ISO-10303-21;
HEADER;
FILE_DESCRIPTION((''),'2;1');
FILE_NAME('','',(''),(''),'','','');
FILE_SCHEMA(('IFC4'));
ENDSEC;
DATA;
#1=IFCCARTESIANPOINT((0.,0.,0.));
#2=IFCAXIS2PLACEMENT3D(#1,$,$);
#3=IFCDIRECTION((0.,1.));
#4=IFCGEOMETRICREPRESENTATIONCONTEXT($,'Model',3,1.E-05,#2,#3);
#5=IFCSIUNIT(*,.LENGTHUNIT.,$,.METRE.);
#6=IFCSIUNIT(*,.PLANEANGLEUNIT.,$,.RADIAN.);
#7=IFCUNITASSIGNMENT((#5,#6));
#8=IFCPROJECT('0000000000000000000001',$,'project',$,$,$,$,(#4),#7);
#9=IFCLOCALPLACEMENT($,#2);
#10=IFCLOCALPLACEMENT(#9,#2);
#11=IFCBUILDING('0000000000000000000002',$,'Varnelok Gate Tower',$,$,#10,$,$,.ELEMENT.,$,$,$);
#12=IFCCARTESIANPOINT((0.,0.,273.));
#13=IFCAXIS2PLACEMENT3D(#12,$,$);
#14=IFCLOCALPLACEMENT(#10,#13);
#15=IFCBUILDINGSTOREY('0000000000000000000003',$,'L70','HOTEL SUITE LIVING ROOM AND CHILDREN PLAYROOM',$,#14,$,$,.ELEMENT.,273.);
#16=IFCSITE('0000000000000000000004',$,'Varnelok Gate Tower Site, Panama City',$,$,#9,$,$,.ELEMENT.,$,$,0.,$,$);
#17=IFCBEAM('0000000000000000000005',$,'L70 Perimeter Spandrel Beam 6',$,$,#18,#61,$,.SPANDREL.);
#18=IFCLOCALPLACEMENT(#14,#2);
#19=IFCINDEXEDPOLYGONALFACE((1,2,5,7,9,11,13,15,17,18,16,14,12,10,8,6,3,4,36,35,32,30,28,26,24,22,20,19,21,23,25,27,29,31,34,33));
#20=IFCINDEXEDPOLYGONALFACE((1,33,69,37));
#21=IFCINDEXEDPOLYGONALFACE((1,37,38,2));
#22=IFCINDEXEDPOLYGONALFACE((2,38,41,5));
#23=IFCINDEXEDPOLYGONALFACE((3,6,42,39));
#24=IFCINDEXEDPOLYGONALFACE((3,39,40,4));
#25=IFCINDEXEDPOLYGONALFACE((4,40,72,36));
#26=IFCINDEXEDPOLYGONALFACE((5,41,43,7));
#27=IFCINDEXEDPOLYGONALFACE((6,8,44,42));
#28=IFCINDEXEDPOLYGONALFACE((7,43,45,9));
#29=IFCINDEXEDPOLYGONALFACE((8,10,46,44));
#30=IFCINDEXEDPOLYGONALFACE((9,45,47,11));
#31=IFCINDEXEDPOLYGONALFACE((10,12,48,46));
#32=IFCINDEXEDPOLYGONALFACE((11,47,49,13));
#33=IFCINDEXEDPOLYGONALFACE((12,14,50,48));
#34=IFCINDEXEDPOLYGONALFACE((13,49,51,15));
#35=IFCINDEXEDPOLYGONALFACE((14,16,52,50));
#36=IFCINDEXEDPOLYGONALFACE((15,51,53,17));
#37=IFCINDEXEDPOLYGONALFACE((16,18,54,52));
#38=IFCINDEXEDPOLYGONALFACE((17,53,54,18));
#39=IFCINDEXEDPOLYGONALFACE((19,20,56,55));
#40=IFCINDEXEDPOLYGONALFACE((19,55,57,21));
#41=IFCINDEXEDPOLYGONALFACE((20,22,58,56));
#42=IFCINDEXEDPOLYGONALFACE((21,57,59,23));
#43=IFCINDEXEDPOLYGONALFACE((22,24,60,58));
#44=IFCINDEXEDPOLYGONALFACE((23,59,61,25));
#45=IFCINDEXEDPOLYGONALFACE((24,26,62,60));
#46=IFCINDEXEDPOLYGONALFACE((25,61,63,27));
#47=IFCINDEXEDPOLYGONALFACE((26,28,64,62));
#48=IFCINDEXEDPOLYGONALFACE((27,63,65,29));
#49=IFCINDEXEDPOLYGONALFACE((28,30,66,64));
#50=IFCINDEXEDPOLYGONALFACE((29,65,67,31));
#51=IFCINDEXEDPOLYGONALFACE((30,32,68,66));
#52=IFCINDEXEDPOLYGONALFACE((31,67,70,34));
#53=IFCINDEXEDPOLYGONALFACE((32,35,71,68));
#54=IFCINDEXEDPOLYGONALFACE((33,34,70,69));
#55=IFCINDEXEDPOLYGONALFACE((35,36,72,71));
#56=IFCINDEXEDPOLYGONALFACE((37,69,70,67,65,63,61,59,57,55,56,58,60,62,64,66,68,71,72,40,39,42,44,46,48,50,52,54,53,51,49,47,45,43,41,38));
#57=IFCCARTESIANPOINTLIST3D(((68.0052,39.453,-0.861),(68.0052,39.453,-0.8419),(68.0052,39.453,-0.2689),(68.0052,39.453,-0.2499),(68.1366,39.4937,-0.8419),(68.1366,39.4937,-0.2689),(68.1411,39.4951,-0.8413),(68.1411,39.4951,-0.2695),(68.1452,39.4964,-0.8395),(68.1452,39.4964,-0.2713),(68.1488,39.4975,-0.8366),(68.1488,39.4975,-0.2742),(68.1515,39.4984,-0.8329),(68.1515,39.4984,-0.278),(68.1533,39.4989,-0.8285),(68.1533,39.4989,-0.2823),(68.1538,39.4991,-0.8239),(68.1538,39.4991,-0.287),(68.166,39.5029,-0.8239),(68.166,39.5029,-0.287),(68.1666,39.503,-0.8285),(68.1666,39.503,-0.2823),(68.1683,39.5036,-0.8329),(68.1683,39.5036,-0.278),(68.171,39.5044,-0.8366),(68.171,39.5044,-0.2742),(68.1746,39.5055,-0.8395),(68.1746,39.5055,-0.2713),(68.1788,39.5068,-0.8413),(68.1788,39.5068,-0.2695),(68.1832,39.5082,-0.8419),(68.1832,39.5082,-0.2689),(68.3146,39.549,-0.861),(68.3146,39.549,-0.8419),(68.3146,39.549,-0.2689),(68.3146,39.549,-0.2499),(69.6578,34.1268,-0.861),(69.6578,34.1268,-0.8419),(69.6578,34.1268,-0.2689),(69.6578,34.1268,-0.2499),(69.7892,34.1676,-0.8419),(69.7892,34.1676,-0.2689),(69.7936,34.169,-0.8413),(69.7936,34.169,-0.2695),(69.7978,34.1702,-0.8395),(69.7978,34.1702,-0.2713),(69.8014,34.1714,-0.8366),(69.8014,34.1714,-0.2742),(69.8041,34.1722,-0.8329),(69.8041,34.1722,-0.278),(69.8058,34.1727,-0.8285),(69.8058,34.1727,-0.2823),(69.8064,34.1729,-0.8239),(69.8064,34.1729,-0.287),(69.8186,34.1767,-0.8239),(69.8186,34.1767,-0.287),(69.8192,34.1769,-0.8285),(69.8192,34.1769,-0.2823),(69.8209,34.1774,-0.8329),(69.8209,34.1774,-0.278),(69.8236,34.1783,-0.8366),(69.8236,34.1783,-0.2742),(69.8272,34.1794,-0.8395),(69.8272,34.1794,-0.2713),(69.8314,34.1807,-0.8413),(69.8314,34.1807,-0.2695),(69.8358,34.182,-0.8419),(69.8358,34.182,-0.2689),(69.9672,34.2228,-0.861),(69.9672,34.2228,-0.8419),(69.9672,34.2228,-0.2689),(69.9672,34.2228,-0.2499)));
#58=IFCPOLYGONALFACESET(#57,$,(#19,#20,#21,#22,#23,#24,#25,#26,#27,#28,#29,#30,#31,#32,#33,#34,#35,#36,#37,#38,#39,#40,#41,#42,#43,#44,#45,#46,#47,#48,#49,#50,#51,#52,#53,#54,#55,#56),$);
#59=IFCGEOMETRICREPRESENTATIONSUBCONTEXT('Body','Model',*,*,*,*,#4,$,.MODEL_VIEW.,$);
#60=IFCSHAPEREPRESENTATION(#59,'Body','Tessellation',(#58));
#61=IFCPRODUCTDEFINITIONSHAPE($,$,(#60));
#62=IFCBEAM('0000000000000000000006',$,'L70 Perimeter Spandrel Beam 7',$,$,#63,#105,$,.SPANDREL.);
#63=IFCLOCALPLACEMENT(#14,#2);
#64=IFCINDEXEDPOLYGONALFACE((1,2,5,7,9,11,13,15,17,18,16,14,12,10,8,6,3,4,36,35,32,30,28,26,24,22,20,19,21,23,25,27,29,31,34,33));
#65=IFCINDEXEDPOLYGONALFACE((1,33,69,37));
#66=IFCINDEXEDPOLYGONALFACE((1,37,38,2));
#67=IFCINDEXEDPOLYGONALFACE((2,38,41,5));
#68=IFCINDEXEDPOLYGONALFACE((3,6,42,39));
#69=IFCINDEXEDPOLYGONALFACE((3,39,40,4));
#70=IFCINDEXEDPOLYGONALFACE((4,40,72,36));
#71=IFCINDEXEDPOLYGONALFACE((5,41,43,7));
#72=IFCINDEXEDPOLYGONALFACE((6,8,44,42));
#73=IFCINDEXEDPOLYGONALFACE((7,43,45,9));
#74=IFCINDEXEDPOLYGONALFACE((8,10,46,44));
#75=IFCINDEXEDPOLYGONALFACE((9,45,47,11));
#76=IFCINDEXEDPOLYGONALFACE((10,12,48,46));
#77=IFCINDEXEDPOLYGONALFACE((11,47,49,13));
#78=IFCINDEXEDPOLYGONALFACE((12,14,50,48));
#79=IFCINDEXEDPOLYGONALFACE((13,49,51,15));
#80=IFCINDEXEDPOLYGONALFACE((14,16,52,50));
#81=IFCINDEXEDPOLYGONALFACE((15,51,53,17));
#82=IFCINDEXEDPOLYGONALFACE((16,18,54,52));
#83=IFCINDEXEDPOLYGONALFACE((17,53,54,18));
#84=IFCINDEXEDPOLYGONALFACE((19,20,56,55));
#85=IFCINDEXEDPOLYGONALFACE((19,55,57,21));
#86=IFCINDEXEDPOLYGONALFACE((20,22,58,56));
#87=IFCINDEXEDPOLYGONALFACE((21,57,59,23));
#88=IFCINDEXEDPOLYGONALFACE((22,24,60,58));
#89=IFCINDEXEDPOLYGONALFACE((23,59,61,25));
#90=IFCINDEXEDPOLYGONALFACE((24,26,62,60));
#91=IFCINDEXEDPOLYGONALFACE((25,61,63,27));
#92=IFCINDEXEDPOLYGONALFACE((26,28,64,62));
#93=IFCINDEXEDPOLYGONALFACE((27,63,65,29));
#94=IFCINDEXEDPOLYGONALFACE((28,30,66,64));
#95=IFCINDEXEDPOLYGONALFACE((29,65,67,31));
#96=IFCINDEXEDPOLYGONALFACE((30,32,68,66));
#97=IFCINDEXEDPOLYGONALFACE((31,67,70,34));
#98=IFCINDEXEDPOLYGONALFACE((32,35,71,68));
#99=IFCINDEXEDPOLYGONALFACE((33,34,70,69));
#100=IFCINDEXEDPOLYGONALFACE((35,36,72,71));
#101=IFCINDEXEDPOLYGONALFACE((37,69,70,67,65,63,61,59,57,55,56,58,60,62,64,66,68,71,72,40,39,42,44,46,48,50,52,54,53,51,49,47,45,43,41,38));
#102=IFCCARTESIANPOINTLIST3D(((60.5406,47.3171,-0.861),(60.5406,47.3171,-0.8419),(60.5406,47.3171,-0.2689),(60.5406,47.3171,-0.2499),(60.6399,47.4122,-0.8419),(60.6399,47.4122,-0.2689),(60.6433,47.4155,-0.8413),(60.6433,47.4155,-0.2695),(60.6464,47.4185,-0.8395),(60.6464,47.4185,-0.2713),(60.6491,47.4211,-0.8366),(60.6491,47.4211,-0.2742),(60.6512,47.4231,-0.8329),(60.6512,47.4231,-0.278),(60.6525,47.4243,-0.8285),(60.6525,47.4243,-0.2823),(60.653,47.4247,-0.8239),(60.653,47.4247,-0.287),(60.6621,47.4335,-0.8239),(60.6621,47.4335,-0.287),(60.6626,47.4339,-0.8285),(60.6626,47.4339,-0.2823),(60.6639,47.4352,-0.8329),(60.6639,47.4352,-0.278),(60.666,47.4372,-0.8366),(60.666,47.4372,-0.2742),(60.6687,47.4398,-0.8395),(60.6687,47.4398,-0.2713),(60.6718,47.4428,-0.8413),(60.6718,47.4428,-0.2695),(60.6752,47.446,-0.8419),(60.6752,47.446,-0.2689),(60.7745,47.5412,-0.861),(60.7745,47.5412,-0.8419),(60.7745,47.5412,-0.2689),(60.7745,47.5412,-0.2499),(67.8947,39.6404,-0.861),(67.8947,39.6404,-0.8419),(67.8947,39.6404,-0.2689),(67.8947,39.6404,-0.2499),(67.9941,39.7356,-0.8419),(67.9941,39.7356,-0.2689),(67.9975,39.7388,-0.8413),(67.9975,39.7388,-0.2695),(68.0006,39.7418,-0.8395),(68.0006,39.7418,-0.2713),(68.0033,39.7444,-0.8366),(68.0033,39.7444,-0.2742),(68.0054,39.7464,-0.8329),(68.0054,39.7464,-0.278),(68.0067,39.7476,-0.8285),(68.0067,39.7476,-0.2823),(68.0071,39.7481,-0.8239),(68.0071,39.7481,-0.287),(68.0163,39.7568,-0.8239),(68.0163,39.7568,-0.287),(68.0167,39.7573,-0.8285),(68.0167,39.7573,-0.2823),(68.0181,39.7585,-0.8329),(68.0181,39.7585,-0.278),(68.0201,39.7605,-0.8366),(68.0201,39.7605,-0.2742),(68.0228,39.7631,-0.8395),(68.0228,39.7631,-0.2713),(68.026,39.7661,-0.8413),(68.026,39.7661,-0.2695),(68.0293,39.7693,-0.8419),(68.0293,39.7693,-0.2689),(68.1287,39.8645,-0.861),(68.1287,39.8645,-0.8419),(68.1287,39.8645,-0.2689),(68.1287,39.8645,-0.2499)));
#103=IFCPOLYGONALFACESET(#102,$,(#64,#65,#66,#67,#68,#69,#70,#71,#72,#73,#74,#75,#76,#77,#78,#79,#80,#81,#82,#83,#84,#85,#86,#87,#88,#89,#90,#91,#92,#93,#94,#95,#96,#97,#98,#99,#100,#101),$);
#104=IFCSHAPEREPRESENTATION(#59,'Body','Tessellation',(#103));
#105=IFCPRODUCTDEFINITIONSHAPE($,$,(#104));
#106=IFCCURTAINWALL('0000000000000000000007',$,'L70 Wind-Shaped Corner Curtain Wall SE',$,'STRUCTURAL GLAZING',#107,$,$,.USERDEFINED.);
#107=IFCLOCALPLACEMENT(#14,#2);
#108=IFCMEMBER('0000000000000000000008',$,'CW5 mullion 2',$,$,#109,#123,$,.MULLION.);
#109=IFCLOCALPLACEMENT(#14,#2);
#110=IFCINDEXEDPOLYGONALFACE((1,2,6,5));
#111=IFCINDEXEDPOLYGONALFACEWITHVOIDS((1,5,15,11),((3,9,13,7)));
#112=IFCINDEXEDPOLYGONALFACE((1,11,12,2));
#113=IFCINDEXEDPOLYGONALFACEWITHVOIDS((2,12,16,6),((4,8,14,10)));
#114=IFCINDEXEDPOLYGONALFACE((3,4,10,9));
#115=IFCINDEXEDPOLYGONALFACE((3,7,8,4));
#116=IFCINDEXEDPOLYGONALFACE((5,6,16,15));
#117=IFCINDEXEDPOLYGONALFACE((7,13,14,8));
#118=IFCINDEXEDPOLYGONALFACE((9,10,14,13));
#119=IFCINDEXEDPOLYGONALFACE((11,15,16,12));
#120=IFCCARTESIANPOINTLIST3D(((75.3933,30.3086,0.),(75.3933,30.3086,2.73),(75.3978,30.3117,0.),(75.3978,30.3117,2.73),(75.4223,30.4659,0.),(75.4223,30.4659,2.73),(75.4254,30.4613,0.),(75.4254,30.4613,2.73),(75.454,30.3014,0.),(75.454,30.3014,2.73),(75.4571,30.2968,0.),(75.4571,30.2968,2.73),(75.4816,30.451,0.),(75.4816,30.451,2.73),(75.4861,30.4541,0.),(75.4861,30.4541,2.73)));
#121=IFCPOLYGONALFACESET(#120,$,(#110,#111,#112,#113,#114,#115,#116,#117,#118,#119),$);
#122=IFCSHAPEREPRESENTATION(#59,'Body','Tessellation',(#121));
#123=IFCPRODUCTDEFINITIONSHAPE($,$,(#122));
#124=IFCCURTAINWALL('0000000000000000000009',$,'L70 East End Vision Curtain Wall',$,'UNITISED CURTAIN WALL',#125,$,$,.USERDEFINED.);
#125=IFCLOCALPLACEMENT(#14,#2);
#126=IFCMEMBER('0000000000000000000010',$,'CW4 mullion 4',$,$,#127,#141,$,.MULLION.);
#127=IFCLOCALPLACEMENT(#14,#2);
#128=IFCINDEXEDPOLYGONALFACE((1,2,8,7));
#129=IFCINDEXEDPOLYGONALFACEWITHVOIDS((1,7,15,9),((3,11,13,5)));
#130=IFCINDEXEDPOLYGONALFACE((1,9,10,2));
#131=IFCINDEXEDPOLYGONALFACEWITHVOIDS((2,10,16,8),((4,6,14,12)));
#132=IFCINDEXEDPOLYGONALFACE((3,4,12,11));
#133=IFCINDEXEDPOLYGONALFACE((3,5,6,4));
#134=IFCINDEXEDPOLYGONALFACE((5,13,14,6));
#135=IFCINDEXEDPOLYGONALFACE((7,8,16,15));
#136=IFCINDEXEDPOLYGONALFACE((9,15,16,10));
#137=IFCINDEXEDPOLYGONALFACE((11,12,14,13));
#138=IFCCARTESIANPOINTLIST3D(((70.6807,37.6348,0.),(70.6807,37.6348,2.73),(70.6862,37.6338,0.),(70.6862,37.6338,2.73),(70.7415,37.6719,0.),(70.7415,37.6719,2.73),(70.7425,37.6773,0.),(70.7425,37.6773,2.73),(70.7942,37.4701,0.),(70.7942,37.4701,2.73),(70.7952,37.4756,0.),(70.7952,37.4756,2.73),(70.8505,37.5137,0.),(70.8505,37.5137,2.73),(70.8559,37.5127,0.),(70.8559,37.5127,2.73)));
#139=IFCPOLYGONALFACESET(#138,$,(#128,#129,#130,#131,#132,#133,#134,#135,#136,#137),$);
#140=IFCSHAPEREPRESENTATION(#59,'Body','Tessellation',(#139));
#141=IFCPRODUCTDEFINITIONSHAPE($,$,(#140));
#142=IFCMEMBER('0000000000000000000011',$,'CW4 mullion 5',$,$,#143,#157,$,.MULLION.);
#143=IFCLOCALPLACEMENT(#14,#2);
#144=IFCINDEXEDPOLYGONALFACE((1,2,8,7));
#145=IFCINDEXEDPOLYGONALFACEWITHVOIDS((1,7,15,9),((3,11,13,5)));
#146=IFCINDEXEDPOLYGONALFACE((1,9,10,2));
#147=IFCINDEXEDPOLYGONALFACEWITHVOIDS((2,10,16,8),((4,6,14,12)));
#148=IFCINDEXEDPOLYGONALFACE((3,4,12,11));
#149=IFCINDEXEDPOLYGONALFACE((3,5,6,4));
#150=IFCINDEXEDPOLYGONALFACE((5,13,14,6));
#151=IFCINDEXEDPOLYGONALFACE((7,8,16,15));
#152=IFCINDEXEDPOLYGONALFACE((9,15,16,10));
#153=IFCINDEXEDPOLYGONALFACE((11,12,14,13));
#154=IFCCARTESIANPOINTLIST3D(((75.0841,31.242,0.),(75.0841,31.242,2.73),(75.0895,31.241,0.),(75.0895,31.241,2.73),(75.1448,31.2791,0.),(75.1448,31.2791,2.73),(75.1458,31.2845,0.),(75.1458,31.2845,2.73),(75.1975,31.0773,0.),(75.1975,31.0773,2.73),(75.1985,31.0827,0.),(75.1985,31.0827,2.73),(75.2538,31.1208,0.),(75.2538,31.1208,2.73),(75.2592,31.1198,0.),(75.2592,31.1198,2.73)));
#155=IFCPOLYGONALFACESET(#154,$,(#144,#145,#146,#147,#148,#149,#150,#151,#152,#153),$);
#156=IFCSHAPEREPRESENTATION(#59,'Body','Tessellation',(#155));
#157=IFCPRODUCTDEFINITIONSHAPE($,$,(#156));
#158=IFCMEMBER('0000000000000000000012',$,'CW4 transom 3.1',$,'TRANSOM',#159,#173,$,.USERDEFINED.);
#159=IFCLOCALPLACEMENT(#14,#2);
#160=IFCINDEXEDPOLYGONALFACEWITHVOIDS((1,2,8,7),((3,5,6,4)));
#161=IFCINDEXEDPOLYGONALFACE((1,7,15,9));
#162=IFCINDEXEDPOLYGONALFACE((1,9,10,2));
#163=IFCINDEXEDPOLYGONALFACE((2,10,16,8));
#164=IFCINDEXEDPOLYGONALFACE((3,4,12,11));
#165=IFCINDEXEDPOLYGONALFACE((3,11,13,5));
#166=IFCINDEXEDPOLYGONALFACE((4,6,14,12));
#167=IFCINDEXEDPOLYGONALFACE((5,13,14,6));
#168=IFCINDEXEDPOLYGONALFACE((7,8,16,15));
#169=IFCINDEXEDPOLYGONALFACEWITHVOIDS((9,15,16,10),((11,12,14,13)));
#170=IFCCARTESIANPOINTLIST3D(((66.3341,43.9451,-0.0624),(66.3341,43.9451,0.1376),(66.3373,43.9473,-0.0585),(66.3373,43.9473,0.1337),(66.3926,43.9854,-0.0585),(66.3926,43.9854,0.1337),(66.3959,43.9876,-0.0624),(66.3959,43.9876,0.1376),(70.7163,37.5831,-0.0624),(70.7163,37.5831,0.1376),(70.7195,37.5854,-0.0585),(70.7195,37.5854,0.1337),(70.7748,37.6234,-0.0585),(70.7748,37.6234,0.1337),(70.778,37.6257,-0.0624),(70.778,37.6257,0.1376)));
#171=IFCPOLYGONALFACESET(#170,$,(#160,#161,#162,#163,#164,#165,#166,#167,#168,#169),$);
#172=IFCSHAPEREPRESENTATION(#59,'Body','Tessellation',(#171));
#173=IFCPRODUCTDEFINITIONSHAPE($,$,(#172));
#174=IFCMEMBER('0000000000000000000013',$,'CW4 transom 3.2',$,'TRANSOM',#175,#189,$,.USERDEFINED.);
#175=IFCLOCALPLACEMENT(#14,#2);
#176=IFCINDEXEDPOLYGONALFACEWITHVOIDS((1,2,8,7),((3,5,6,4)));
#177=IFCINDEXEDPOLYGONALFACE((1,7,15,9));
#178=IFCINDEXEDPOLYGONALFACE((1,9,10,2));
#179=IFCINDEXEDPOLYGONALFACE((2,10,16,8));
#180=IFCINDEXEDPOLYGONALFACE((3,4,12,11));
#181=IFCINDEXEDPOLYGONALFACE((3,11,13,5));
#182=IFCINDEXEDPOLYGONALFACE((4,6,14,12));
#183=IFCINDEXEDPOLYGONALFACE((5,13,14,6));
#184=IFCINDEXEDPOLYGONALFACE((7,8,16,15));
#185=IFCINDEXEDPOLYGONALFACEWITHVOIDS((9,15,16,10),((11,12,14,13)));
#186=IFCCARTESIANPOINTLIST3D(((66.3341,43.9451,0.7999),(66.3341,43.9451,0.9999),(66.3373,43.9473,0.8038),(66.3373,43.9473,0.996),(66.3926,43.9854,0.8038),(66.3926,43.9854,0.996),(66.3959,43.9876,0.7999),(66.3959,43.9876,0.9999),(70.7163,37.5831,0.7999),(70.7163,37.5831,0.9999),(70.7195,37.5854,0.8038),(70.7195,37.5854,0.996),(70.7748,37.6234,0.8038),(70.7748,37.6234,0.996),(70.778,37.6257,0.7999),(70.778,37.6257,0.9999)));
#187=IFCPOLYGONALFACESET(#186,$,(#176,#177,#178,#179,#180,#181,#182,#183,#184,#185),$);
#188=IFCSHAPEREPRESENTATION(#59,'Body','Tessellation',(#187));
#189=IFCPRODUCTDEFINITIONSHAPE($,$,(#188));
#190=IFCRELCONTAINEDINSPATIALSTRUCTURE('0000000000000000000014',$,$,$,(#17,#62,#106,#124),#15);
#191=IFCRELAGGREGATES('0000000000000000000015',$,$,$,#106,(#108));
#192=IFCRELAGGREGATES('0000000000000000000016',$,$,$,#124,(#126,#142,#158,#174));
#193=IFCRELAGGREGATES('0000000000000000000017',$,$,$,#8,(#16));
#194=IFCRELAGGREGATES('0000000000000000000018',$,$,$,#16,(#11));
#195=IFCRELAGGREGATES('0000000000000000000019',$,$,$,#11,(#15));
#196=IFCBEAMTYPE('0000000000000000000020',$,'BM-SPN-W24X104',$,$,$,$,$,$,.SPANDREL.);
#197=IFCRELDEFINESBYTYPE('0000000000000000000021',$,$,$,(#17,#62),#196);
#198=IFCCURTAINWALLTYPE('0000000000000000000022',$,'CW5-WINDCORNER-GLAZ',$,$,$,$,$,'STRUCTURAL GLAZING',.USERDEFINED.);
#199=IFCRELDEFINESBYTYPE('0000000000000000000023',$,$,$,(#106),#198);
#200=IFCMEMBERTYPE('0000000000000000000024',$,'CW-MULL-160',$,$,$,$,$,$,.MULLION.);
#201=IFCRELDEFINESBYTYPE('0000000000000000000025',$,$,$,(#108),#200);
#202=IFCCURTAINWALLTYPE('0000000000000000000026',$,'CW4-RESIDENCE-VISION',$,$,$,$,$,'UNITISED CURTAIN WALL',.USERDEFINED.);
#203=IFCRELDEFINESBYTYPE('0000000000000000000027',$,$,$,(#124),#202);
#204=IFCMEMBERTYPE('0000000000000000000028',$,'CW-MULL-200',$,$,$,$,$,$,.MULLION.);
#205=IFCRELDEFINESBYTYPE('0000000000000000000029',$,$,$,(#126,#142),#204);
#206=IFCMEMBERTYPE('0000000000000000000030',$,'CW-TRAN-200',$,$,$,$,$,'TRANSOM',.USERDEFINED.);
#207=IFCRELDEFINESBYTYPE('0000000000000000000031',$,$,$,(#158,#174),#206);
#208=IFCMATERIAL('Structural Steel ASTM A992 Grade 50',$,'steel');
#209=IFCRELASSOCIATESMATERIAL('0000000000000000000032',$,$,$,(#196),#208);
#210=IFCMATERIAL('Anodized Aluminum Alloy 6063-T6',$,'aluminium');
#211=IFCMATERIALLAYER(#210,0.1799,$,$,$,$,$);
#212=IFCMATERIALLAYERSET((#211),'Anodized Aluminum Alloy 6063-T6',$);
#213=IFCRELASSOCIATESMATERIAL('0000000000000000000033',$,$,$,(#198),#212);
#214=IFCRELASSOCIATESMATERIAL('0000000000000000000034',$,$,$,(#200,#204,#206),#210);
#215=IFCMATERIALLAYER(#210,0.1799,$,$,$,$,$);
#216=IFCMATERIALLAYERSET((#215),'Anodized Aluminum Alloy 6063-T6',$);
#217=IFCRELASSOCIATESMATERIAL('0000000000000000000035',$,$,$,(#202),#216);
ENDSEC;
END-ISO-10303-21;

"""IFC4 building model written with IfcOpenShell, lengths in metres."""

from ifc_helpers import new_model, si_unit, direction, frame, origin, origin_2d, place, context, subcontext, project, spatial, hollow_rectangle, i_section, extrude, material, layer, layer_set, material_profile, profile_set, type_object, element, aggregate, save


model = new_model("IFC4")

# Units and contexts
model_context = context("Model", 3, precision=1e-05, world=origin(), true_north=direction((0.0, 1.0)))
body_context = subcontext(model_context, "Body", "Model", "MODEL_VIEW")
ifc_project = project(units=[si_unit("LENGTHUNIT", "METRE"), si_unit("PLANEANGLEUNIT", "RADIAN")], contexts=[model_context])

# Site, building, storey
site_placement = place(None, origin())
site = spatial("IfcSite", under=ifc_project, at=site_placement, Name="Varnelok Gate Tower Site, Panama City", CompositionType="ELEMENT", RefElevation=0.0)
building_placement = place(site_placement, origin())
building = spatial("IfcBuilding", under=site, at=building_placement, Name="Varnelok Gate Tower", CompositionType="ELEMENT")
storey_placement = place(building_placement, frame((0.0, 0.0, 273.0)))
storey = spatial("IfcBuildingStorey", under=building, at=storey_placement, Name="L70", Description="HOTEL SUITE LIVING ROOM AND CHILDREN PLAYROOM", CompositionType="ELEMENT", Elevation=273.0)

# Shared definitions
ifc_material_1 = material(Name="Structural Steel ASTM A992 Grade 50", Category="steel")

# Beams
ifc_material_profile_1 = material_profile(ifc_material_1, i_section(OverallWidth=0.324, OverallDepth=0.6111, WebThickness=0.0127, FlangeThickness=0.019, FilletRadius=0.0181, at=origin_2d()), Name="W24X104")
ifc_profile_set_1 = profile_set([ifc_material_profile_1], Name="Structural Steel ASTM A992 Grade 50")
beam_type_1 = type_object("IfcBeamType", Name="BM-SPN-W24X104", PredefinedType="SPANDREL", material=ifc_profile_set_1)
beam_1_placement = place(storey_placement, frame((69.8125, 34.1748, -0.5554), z_axis=(-0.29634, 0.955083, 0.0), x_axis=(-0.955083, -0.29634, 0.0)))
element("IfcBeam", 1, at=beam_1_placement, inside=storey, type_object=beam_type_1, Name="L70 Perimeter Spandrel Beam 6", PredefinedType="SPANDREL", context=body_context, shape_type="SweptSolid", body=[
    extrude(i_section(OverallWidth=0.324, OverallDepth=0.6111, WebThickness=0.0127, FlangeThickness=0.019, FilletRadius=0.0181, at=origin_2d()), origin(), (0.0, 0.0, 1.0), 5.5767),
])
beam_2_placement = place(storey_placement, frame((68.0117, 39.7524, -0.5554), z_axis=(-0.691776, 0.722112, 0.0), x_axis=(-0.722112, -0.691776, 0.0)))
element("IfcBeam", 2, at=beam_2_placement, inside=storey, type_object=beam_type_1, Name="L70 Perimeter Spandrel Beam 7", PredefinedType="SPANDREL", context=body_context, shape_type="SweptSolid", body=[
    extrude(i_section(OverallWidth=0.324, OverallDepth=0.6111, WebThickness=0.0127, FlangeThickness=0.019, FilletRadius=0.0181, at=origin_2d()), origin(), (0.0, 0.0, 1.0), 10.6309),
])

# Curtain wall, member
ifc_material_2 = material(Name="Anodized Aluminum Alloy 6063-T6", Category="aluminium")
ifc_layer_1 = layer(ifc_material_2, 0.1799)
ifc_layer_set_1 = layer_set([ifc_layer_1], Name="Anodized Aluminum Alloy 6063-T6")
curtain_wall_type_1 = type_object("IfcCurtainWallType", Name="CW5-WINDCORNER-GLAZ", ElementType="STRUCTURAL GLAZING", PredefinedType="USERDEFINED", material=ifc_layer_set_1)
curtain_wall_1_placement = place(storey_placement, origin())
curtain_wall_1 = element("IfcCurtainWall", 3, at=curtain_wall_1_placement, inside=storey, type_object=curtain_wall_type_1, Name="L70 Wind-Shaped Corner Curtain Wall SE", ObjectType="STRUCTURAL GLAZING", PredefinedType="USERDEFINED")
ifc_material_profile_2 = material_profile(ifc_material_2, hollow_rectangle(XDim=0.0649, YDim=0.1599, WallThickness=0.0039, at=origin_2d()), Name="ALU160X65X4")
ifc_profile_set_2 = profile_set([ifc_material_profile_2], Name="Anodized Aluminum Alloy 6063-T6")
member_type_1 = type_object("IfcMemberType", Name="CW-MULL-160", PredefinedType="MULLION", material=ifc_profile_set_2)
member_1_placement = place(storey_placement, frame((75.4397, 30.3813, 0.0), z_axis=(0.0, 0.0, 1.0), x_axis=(-0.983446, 0.181202, 0.0)))
member_1 = element("IfcMember", 4, at=member_1_placement, type_object=member_type_1, Name="CW5 mullion 2", PredefinedType="MULLION", context=body_context, shape_type="SweptSolid", body=[
    extrude(hollow_rectangle(XDim=0.0649, YDim=0.1599, WallThickness=0.0039, at=origin_2d()), origin(), (0.0, 0.0, 1.0), 2.73),
])
aggregate(curtain_wall_1, [member_1])

# Curtain wall, members
ifc_layer_2 = layer(ifc_material_2, 0.1799)
ifc_layer_set_2 = layer_set([ifc_layer_2], Name="Anodized Aluminum Alloy 6063-T6")
curtain_wall_type_2 = type_object("IfcCurtainWallType", Name="CW4-RESIDENCE-VISION", ElementType="UNITISED CURTAIN WALL", PredefinedType="USERDEFINED", material=ifc_layer_set_2)
curtain_wall_2_placement = place(storey_placement, origin())
curtain_wall_2 = element("IfcCurtainWall", 5, at=curtain_wall_2_placement, inside=storey, type_object=curtain_wall_type_2, Name="L70 East End Vision Curtain Wall", ObjectType="UNITISED CURTAIN WALL", PredefinedType="USERDEFINED")
ifc_material_profile_3 = material_profile(ifc_material_2, hollow_rectangle(XDim=0.075, YDim=0.2, WallThickness=0.0039, at=origin_2d()), Name="ALU200X75X4")
ifc_profile_set_3 = profile_set([ifc_material_profile_3], Name="Anodized Aluminum Alloy 6063-T6")
member_type_2 = type_object("IfcMemberType", Name="CW-MULL-200", PredefinedType="MULLION", material=ifc_profile_set_3)
member_2_placement = place(storey_placement, frame((70.7683, 37.5737, 0.0), z_axis=(0.0, 0.0, 1.0), x_axis=(0.823532, 0.567269, 0.0)))
member_2 = element("IfcMember", 6, at=member_2_placement, type_object=member_type_2, Name="CW4 mullion 4", PredefinedType="MULLION", context=body_context, shape_type="SweptSolid", body=[
    extrude(hollow_rectangle(XDim=0.075, YDim=0.2, WallThickness=0.0039, at=origin_2d()), origin(), (0.0, 0.0, 1.0), 2.73),
])
member_3_placement = place(storey_placement, frame((75.1716, 31.1809, 0.0), z_axis=(0.0, 0.0, 1.0), x_axis=(0.823532, 0.567269, 0.0)))
member_3 = element("IfcMember", 7, at=member_3_placement, type_object=member_type_2, Name="CW4 mullion 5", PredefinedType="MULLION", context=body_context, shape_type="SweptSolid", body=[
    extrude(hollow_rectangle(XDim=0.075, YDim=0.2, WallThickness=0.0039, at=origin_2d()), origin(), (0.0, 0.0, 1.0), 2.73),
])
ifc_material_profile_4 = material_profile(ifc_material_2, hollow_rectangle(XDim=0.075, YDim=0.2, WallThickness=0.0039, at=origin_2d()), Name="ALU200X75X4")
ifc_profile_set_4 = profile_set([ifc_material_profile_4], Name="Anodized Aluminum Alloy 6063-T6")
member_type_3 = type_object("IfcMemberType", Name="CW-TRAN-200", ElementType="TRANSOM", PredefinedType="USERDEFINED", material=ifc_profile_set_4)
member_4_placement = place(storey_placement, frame((66.365, 43.9663, 0.0376), z_axis=(0.567261, -0.823538, 0.0), x_axis=(0.823538, 0.567261, 0.0)))
member_4 = element("IfcMember", 8, at=member_4_placement, type_object=member_type_3, Name="CW4 transom 3.1", ObjectType="TRANSOM", PredefinedType="USERDEFINED", context=body_context, shape_type="SweptSolid", body=[
    extrude(hollow_rectangle(XDim=0.075, YDim=0.2, WallThickness=0.0039, at=origin_2d()), origin(), (0.0, 0.0, 1.0), 7.7251),
])
member_5_placement = place(storey_placement, frame((66.365, 43.9663, 0.8999), z_axis=(0.567261, -0.823538, 0.0), x_axis=(0.823538, 0.567261, 0.0)))
member_5 = element("IfcMember", 9, at=member_5_placement, type_object=member_type_3, Name="CW4 transom 3.2", ObjectType="TRANSOM", PredefinedType="USERDEFINED", context=body_context, shape_type="SweptSolid", body=[
    extrude(hollow_rectangle(XDim=0.075, YDim=0.2, WallThickness=0.0039, at=origin_2d()), origin(), (0.0, 0.0, 1.0), 7.7251),
])
aggregate(curtain_wall_2, [member_2, member_3, member_4, member_5])

save(model, "model.ifc")
